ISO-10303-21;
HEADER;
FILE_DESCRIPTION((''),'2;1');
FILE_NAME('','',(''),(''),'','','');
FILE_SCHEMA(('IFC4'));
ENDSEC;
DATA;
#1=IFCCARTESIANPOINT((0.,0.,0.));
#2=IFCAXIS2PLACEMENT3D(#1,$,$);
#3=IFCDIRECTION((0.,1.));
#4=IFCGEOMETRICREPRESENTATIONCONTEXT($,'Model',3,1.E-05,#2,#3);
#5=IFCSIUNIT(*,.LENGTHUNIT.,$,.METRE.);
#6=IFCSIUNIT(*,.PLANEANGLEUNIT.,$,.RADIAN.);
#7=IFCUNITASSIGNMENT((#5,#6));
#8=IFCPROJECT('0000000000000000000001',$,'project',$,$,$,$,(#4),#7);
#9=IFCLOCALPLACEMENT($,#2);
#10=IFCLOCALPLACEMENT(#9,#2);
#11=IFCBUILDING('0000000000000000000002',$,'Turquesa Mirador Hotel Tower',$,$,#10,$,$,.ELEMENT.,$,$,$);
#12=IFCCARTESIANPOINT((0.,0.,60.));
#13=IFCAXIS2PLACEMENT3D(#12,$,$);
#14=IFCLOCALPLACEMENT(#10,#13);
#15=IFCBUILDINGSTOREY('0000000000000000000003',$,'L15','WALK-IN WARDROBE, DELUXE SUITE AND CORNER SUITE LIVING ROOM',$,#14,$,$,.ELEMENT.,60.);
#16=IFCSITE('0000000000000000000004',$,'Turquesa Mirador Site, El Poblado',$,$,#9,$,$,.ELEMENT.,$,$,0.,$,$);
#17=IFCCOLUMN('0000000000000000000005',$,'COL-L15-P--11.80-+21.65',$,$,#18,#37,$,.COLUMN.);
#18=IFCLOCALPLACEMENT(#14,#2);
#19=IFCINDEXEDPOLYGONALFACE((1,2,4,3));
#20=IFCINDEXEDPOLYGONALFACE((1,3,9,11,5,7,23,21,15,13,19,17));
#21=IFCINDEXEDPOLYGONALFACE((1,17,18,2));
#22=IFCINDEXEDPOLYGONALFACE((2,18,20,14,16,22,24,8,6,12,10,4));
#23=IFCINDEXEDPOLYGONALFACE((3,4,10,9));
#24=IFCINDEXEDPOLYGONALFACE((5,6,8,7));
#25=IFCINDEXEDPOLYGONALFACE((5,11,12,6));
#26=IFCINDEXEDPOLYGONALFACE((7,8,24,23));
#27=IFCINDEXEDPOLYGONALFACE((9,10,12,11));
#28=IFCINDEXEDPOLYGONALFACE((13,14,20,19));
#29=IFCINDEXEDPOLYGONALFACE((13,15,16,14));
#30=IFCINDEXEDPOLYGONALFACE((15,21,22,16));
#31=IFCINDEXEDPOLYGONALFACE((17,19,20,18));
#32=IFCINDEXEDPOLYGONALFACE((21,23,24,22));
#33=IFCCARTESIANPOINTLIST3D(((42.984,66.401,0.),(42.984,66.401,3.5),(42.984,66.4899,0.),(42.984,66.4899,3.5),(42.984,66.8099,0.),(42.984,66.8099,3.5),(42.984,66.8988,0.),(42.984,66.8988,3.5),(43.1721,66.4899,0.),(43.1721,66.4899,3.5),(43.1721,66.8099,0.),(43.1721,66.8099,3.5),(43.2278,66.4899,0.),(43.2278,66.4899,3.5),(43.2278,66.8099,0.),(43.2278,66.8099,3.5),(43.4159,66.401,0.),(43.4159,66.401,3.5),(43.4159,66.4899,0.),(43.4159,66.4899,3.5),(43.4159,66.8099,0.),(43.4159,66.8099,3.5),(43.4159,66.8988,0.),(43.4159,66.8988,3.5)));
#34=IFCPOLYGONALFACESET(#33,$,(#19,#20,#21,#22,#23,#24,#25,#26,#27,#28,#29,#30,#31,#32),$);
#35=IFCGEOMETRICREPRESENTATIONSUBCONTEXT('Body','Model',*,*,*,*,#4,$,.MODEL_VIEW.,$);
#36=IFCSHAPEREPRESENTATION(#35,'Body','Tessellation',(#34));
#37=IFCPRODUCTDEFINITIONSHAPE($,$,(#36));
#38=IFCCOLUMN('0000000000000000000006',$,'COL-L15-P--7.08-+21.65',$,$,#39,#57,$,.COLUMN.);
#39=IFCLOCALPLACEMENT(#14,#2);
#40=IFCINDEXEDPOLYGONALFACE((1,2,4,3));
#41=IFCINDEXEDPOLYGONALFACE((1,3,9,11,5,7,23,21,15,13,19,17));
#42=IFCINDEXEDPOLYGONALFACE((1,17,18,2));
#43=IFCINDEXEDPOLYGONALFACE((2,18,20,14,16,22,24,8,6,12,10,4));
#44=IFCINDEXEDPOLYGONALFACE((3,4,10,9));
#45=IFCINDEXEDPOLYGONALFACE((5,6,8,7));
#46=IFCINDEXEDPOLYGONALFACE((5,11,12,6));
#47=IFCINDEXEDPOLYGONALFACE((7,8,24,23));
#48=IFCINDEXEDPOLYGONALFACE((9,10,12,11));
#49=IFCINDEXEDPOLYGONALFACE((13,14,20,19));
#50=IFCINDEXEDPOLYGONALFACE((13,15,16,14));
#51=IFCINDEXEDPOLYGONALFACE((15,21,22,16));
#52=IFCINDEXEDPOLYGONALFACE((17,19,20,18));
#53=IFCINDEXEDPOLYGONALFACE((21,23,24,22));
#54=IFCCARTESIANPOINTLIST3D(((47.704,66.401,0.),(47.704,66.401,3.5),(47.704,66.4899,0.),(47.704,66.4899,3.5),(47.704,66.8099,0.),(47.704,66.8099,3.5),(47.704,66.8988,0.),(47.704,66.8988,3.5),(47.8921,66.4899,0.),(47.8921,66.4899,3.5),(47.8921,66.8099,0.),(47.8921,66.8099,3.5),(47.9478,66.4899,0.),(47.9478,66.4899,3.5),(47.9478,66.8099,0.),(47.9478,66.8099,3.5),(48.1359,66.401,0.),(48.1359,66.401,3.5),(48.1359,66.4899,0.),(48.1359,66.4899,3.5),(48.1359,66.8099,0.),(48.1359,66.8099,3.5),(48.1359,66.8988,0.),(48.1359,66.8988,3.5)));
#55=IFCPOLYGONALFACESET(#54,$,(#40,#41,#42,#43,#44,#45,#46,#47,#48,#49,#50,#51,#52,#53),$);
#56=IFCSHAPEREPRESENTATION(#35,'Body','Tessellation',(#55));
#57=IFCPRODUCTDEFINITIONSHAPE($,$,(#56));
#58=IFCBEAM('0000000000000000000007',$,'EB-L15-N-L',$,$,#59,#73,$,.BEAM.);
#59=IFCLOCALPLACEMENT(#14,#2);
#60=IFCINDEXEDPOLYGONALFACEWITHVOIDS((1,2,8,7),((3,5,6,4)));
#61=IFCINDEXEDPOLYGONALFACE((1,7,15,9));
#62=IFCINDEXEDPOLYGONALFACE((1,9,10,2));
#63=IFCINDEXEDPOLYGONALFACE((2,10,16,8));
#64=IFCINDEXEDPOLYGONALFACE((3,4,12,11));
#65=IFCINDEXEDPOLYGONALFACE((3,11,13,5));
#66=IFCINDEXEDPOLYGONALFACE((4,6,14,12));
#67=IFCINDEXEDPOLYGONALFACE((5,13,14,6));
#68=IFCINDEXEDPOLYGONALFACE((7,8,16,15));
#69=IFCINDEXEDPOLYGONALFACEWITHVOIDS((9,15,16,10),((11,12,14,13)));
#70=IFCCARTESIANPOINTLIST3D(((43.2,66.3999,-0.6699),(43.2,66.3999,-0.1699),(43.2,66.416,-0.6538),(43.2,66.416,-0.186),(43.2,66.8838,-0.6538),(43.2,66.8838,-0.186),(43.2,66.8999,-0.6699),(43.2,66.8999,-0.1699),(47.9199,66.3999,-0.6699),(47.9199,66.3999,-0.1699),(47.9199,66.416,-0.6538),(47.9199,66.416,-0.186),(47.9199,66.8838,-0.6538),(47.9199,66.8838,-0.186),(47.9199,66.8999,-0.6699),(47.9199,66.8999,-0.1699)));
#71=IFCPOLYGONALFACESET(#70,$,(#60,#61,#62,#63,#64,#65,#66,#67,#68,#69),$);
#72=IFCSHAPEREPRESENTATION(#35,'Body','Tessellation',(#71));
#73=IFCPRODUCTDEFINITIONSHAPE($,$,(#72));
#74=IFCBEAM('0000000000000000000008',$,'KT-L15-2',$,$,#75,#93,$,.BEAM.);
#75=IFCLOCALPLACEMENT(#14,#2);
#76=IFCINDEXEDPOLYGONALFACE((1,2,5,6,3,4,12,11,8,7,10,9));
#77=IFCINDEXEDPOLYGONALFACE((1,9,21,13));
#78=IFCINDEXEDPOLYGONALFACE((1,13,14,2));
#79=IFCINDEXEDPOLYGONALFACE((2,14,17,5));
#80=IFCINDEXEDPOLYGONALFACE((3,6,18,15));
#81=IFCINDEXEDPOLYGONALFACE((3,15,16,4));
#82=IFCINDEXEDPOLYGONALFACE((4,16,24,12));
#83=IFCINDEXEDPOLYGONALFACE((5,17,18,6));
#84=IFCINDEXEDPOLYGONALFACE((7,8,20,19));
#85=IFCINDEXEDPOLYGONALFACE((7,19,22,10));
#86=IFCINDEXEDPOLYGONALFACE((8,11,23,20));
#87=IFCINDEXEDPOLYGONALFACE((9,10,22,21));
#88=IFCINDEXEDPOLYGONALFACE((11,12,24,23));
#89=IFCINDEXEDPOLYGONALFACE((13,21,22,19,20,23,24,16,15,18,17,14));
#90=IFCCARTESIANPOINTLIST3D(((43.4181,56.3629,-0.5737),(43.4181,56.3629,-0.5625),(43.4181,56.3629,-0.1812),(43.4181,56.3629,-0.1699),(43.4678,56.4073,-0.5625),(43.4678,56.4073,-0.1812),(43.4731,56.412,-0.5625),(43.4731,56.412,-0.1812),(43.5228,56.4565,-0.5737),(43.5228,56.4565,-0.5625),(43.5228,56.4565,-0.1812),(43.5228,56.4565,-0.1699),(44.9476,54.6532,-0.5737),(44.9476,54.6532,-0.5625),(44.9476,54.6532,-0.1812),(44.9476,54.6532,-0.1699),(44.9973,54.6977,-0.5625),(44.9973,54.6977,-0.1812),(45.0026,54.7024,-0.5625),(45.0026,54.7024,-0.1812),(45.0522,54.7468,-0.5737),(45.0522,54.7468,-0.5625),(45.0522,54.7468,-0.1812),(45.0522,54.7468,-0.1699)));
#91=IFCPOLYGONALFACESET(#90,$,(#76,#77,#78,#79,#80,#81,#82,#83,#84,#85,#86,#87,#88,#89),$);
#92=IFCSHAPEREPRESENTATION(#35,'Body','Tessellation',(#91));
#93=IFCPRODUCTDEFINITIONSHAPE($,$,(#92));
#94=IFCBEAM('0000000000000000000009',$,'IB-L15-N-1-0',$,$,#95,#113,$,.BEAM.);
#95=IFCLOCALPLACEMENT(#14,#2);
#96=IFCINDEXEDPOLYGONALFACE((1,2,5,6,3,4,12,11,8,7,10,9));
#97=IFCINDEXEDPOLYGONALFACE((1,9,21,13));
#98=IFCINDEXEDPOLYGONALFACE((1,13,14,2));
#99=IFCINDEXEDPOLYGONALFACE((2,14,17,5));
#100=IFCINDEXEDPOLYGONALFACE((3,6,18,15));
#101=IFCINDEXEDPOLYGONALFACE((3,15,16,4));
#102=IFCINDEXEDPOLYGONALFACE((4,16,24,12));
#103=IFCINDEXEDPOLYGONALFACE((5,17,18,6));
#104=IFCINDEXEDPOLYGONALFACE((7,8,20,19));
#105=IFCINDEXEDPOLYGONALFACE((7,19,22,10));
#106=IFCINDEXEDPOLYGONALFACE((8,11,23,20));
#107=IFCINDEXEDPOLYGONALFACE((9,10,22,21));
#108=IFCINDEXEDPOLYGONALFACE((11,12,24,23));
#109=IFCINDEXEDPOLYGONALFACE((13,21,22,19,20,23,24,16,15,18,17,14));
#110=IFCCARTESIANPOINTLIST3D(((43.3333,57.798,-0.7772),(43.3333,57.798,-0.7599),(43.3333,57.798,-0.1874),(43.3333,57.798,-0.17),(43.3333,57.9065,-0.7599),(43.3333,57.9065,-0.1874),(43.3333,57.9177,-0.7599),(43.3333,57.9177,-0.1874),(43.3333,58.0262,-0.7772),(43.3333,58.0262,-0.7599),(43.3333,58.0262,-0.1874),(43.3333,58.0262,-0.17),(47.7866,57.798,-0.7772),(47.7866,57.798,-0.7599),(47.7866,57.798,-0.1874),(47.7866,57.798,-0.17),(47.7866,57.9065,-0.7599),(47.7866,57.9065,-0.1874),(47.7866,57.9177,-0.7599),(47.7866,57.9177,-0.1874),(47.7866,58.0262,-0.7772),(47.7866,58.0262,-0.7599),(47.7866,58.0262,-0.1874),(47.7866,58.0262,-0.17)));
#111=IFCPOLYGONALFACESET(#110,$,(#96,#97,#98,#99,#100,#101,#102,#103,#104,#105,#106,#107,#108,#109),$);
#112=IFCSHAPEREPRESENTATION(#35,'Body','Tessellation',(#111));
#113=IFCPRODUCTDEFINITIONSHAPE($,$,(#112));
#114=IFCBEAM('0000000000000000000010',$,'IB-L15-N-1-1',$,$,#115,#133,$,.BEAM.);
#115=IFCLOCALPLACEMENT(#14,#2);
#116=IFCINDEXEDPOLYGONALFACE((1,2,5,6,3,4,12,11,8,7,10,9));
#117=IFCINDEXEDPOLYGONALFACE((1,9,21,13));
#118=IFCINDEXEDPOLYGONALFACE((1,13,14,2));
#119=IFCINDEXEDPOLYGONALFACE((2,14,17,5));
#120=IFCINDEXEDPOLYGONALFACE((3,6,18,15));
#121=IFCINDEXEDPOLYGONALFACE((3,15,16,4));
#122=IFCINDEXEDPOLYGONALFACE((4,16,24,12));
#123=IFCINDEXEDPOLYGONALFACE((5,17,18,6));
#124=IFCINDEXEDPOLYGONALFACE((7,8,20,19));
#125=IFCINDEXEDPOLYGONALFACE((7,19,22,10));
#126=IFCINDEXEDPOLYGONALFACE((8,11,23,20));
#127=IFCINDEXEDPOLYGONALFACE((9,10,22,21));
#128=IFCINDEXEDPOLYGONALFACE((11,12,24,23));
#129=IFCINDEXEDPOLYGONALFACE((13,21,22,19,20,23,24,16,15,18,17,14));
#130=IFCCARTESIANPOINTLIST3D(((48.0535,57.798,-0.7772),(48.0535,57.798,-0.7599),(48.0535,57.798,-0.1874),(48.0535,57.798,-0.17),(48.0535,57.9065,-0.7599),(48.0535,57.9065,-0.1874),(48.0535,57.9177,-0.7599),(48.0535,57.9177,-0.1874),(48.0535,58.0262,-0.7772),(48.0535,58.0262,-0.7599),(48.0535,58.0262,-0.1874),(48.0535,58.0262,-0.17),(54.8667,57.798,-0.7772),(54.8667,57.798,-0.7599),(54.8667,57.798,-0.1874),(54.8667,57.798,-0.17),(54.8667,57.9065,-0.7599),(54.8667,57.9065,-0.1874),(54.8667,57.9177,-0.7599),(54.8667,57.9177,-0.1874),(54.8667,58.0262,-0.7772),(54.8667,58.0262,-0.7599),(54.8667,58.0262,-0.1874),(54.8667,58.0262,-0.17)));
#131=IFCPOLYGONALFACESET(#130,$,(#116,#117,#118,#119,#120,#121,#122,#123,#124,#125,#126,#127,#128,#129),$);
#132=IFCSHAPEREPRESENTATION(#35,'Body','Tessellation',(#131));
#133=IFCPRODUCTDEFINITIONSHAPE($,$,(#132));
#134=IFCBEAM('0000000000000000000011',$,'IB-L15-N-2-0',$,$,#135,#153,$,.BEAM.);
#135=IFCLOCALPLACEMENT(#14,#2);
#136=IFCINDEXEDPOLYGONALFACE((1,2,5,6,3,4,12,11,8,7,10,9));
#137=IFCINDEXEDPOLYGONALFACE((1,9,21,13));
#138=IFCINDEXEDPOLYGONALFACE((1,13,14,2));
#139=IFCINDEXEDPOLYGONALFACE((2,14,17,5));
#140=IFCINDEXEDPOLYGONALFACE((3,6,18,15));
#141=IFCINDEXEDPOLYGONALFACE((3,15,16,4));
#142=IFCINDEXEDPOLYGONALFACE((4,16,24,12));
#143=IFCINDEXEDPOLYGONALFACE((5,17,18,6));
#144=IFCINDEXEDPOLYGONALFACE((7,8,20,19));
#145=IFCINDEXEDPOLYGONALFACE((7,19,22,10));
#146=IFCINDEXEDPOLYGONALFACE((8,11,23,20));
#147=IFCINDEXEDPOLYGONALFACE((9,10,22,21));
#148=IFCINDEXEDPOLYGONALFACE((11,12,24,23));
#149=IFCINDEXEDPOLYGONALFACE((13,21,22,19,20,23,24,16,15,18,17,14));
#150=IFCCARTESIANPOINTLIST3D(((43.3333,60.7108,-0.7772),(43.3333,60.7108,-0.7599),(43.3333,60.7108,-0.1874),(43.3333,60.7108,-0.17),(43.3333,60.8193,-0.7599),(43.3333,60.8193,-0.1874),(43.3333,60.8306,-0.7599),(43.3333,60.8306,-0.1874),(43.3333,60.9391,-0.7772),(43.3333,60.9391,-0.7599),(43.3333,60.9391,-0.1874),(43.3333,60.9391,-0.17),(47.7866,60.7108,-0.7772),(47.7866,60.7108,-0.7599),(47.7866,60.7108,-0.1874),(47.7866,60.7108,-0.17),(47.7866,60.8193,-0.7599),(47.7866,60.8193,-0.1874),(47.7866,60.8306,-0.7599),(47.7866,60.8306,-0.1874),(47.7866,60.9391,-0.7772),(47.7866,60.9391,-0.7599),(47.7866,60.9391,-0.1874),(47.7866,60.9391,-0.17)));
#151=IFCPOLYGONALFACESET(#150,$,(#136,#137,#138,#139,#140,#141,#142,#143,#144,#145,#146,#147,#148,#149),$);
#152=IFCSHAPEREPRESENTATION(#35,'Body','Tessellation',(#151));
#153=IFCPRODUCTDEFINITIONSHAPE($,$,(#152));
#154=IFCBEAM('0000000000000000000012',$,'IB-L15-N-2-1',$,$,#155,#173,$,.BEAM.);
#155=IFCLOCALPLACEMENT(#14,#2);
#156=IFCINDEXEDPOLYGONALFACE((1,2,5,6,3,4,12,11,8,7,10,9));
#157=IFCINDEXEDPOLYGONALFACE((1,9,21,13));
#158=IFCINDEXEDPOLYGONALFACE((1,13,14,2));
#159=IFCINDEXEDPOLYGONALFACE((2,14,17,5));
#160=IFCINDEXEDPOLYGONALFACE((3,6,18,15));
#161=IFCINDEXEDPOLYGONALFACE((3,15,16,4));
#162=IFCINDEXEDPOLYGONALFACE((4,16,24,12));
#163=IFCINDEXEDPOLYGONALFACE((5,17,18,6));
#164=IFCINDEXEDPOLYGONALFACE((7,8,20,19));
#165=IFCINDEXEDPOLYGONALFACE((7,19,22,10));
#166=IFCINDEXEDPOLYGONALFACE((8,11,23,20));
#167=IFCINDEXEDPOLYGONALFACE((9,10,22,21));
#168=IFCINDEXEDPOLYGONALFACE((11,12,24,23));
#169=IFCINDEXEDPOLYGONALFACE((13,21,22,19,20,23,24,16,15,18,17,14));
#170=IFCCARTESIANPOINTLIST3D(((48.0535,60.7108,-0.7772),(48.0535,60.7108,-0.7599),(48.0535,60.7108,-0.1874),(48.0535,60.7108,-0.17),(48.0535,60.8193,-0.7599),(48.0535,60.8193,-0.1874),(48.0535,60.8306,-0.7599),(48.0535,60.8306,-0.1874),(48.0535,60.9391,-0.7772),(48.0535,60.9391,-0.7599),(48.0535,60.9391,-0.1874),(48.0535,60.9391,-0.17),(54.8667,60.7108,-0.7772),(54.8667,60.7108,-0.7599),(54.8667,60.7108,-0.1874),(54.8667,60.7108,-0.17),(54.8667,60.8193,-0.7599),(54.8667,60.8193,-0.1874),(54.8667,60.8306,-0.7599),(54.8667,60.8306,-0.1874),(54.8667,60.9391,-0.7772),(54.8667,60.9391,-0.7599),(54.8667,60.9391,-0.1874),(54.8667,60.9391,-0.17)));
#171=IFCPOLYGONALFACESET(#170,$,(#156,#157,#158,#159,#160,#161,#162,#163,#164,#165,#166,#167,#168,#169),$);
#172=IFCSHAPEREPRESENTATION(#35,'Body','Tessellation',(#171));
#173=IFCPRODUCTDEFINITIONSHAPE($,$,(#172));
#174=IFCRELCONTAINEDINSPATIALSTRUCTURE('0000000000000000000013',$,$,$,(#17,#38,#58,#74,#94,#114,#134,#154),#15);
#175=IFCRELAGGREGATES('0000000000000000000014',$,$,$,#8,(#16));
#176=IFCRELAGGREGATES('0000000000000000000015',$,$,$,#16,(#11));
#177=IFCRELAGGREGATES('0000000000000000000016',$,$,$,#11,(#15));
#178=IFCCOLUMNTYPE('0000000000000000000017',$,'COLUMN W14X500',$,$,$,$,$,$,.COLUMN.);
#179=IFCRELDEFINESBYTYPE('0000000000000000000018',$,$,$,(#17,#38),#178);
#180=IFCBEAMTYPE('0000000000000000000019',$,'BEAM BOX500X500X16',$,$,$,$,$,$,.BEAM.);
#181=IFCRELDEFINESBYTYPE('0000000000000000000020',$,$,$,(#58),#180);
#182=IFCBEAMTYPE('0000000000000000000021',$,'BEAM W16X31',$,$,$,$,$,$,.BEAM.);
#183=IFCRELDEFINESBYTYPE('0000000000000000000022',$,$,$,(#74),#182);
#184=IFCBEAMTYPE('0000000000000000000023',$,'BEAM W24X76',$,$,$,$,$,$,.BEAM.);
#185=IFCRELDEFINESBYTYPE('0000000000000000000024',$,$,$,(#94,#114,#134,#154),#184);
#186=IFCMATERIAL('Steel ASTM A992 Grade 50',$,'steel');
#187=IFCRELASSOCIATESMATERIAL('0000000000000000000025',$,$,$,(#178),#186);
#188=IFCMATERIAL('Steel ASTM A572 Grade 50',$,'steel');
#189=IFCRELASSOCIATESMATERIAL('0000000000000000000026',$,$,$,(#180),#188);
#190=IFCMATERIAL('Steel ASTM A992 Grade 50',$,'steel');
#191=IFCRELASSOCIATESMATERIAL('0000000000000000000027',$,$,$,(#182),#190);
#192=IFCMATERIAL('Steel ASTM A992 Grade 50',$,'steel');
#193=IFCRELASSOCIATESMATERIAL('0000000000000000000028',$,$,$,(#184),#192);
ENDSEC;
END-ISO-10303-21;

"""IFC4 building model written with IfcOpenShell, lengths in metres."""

from ifc_helpers import new_model, si_unit, direction, frame, origin, origin_2d, place, context, subcontext, project, spatial, hollow_rectangle, i_section, extrude, material, material_profile, profile_set, type_object, element, save


model = new_model("IFC4")

# Units and contexts
model_context = context("Model", 3, precision=1e-05, world=origin(), true_north=direction((0.0, 1.0)))
body_context = subcontext(model_context, "Body", "Model", "MODEL_VIEW")
ifc_project = project(units=[si_unit("LENGTHUNIT", "METRE"), si_unit("PLANEANGLEUNIT", "RADIAN")], contexts=[model_context])

# Site, building, storey
site_placement = place(None, origin())
site = spatial("IfcSite", under=ifc_project, at=site_placement, Name="Turquesa Mirador Site, El Poblado", CompositionType="ELEMENT", RefElevation=0.0)
building_placement = place(site_placement, origin())
building = spatial("IfcBuilding", under=site, at=building_placement, Name="Turquesa Mirador Hotel Tower", CompositionType="ELEMENT")
storey_placement = place(building_placement, frame((0.0, 0.0, 60.0)))
storey = spatial("IfcBuildingStorey", under=building, at=storey_placement, Name="L15", Description="WALK-IN WARDROBE, DELUXE SUITE AND CORNER SUITE LIVING ROOM", CompositionType="ELEMENT", Elevation=60.0)

# Columns
ifc_material_1 = material(Name="Steel ASTM A992 Grade 50", Category="steel")
ifc_material_profile_1 = material_profile(ifc_material_1, i_section(OverallWidth=0.4319, OverallDepth=0.4978, WebThickness=0.0557, FlangeThickness=0.0889, at=origin_2d()), Name="W14X500")
ifc_profile_set_1 = profile_set([ifc_material_profile_1], Name="Steel ASTM A992 Grade 50")
column_type = type_object("IfcColumnType", Name="COLUMN W14X500", PredefinedType="COLUMN", material=ifc_profile_set_1)
for number, where, z_axis, x_axis, name in (
    (1, (43.2, 66.6499, 0.0), (0.0, 0.0, 1.0), (1.0, 0.0, 0.0), "COL-L15-P--11.80-+21.65"),
    (2, (47.9199, 66.6499, 0.0), (0.0, 0.0, 1.0), (1.0, 0.0, 0.0), "COL-L15-P--7.08-+21.65"),
):
    element("IfcColumn", number, at=place(storey_placement, frame(where, z_axis=z_axis, x_axis=x_axis)), inside=storey, type_object=column_type, Name=name, PredefinedType="COLUMN", context=body_context, shape_type="SweptSolid", body=[
        extrude(i_section(OverallWidth=0.4319, OverallDepth=0.4978, WebThickness=0.0557, FlangeThickness=0.0889, at=origin_2d()), origin(), (0.0, 0.0, 1.0), 3.5),
    ])

# Beams
ifc_material_2 = material(Name="Steel ASTM A572 Grade 50", Category="steel")
ifc_material_profile_2 = material_profile(ifc_material_2, hollow_rectangle(XDim=0.5, YDim=0.5, WallThickness=0.0161, at=origin_2d()), Name="BOX500X500X16")
ifc_profile_set_2 = profile_set([ifc_material_profile_2], Name="Steel ASTM A572 Grade 50")
beam_type_1 = type_object("IfcBeamType", Name="BEAM BOX500X500X16", PredefinedType="BEAM", material=ifc_profile_set_2)
beam_1_placement = place(storey_placement, frame((43.2, 66.6499, -0.4199), z_axis=(1.0, 0.0, 0.0), x_axis=(0.0, 1.0, 0.0)))
element("IfcBeam", 3, at=beam_1_placement, inside=storey, type_object=beam_type_1, Name="EB-L15-N-L", PredefinedType="BEAM", context=body_context, shape_type="SweptSolid", body=[
    extrude(hollow_rectangle(XDim=0.5, YDim=0.5, WallThickness=0.0161, at=origin_2d()), origin(), (0.0, 0.0, 1.0), 4.72),
])
ifc_material_3 = material(Name="Steel ASTM A992 Grade 50", Category="steel")
ifc_material_profile_3 = material_profile(ifc_material_3, i_section(OverallWidth=0.1404, OverallDepth=0.4038, WebThickness=0.0071, FlangeThickness=0.0112, at=origin_2d()), Name="W16X31")
ifc_profile_set_3 = profile_set([ifc_material_profile_3], Name="Steel ASTM A992 Grade 50")
beam_type_2 = type_object("IfcBeamType", Name="BEAM W16X31", PredefinedType="BEAM", material=ifc_profile_set_3)
beam_2_placement = place(storey_placement, frame((43.4705, 56.4097, -0.3718), z_axis=(0.666745, -0.745286, 0.0), x_axis=(0.745286, 0.666745, 0.0)))
element("IfcBeam", 4, at=beam_2_placement, inside=storey, type_object=beam_type_2, Name="KT-L15-2", PredefinedType="BEAM", context=body_context, shape_type="SweptSolid", body=[
    extrude(i_section(OverallWidth=0.1404, OverallDepth=0.4038, WebThickness=0.0071, FlangeThickness=0.0112, at=origin_2d()), origin(), (0.0, 0.0, 1.0), 2.2939),
])
ifc_material_4 = material(Name="Steel ASTM A992 Grade 50", Category="steel")
ifc_material_profile_4 = material_profile(ifc_material_4, i_section(OverallWidth=0.2283, OverallDepth=0.6072, WebThickness=0.0112, FlangeThickness=0.0173, at=origin_2d()), Name="W24X76")
ifc_profile_set_4 = profile_set([ifc_material_profile_4], Name="Steel ASTM A992 Grade 50")
beam_type_3 = type_object("IfcBeamType", Name="BEAM W24X76", PredefinedType="BEAM", material=ifc_profile_set_4)
beam_3_placement = place(storey_placement, frame((43.3333, 57.9121, -0.4736), z_axis=(1.0, 0.0, 0.0), x_axis=(0.0, 1.0, 0.0)))
element("IfcBeam", 5, at=beam_3_placement, inside=storey, type_object=beam_type_3, Name="IB-L15-N-1-0", PredefinedType="BEAM", context=body_context, shape_type="SweptSolid", body=[
    extrude(i_section(OverallWidth=0.2283, OverallDepth=0.6072, WebThickness=0.0112, FlangeThickness=0.0173, at=origin_2d()), origin(), (0.0, 0.0, 1.0), 4.4534),
])
beam_4_placement = place(storey_placement, frame((48.0535, 57.9121, -0.4736), z_axis=(1.0, 0.0, 0.0), x_axis=(0.0, 1.0, 0.0)))
element("IfcBeam", 6, at=beam_4_placement, inside=storey, type_object=beam_type_3, Name="IB-L15-N-1-1", PredefinedType="BEAM", context=body_context, shape_type="SweptSolid", body=[
    extrude(i_section(OverallWidth=0.2283, OverallDepth=0.6072, WebThickness=0.0112, FlangeThickness=0.0173, at=origin_2d()), origin(), (0.0, 0.0, 1.0), 6.8132),
])
beam_5_placement = place(storey_placement, frame((43.3333, 60.825, -0.4736), z_axis=(1.0, 0.0, 0.0), x_axis=(0.0, 1.0, 0.0)))
element("IfcBeam", 7, at=beam_5_placement, inside=storey, type_object=beam_type_3, Name="IB-L15-N-2-0", PredefinedType="BEAM", context=body_context, shape_type="SweptSolid", body=[
    extrude(i_section(OverallWidth=0.2283, OverallDepth=0.6072, WebThickness=0.0112, FlangeThickness=0.0173, at=origin_2d()), origin(), (0.0, 0.0, 1.0), 4.4534),
])
beam_6_placement = place(storey_placement, frame((48.0535, 60.825, -0.4736), z_axis=(1.0, 0.0, 0.0), x_axis=(0.0, 1.0, 0.0)))
element("IfcBeam", 8, at=beam_6_placement, inside=storey, type_object=beam_type_3, Name="IB-L15-N-2-1", PredefinedType="BEAM", context=body_context, shape_type="SweptSolid", body=[
    extrude(i_section(OverallWidth=0.2283, OverallDepth=0.6072, WebThickness=0.0112, FlangeThickness=0.0173, at=origin_2d()), origin(), (0.0, 0.0, 1.0), 6.8132),
])

save(model, "model.ifc")
